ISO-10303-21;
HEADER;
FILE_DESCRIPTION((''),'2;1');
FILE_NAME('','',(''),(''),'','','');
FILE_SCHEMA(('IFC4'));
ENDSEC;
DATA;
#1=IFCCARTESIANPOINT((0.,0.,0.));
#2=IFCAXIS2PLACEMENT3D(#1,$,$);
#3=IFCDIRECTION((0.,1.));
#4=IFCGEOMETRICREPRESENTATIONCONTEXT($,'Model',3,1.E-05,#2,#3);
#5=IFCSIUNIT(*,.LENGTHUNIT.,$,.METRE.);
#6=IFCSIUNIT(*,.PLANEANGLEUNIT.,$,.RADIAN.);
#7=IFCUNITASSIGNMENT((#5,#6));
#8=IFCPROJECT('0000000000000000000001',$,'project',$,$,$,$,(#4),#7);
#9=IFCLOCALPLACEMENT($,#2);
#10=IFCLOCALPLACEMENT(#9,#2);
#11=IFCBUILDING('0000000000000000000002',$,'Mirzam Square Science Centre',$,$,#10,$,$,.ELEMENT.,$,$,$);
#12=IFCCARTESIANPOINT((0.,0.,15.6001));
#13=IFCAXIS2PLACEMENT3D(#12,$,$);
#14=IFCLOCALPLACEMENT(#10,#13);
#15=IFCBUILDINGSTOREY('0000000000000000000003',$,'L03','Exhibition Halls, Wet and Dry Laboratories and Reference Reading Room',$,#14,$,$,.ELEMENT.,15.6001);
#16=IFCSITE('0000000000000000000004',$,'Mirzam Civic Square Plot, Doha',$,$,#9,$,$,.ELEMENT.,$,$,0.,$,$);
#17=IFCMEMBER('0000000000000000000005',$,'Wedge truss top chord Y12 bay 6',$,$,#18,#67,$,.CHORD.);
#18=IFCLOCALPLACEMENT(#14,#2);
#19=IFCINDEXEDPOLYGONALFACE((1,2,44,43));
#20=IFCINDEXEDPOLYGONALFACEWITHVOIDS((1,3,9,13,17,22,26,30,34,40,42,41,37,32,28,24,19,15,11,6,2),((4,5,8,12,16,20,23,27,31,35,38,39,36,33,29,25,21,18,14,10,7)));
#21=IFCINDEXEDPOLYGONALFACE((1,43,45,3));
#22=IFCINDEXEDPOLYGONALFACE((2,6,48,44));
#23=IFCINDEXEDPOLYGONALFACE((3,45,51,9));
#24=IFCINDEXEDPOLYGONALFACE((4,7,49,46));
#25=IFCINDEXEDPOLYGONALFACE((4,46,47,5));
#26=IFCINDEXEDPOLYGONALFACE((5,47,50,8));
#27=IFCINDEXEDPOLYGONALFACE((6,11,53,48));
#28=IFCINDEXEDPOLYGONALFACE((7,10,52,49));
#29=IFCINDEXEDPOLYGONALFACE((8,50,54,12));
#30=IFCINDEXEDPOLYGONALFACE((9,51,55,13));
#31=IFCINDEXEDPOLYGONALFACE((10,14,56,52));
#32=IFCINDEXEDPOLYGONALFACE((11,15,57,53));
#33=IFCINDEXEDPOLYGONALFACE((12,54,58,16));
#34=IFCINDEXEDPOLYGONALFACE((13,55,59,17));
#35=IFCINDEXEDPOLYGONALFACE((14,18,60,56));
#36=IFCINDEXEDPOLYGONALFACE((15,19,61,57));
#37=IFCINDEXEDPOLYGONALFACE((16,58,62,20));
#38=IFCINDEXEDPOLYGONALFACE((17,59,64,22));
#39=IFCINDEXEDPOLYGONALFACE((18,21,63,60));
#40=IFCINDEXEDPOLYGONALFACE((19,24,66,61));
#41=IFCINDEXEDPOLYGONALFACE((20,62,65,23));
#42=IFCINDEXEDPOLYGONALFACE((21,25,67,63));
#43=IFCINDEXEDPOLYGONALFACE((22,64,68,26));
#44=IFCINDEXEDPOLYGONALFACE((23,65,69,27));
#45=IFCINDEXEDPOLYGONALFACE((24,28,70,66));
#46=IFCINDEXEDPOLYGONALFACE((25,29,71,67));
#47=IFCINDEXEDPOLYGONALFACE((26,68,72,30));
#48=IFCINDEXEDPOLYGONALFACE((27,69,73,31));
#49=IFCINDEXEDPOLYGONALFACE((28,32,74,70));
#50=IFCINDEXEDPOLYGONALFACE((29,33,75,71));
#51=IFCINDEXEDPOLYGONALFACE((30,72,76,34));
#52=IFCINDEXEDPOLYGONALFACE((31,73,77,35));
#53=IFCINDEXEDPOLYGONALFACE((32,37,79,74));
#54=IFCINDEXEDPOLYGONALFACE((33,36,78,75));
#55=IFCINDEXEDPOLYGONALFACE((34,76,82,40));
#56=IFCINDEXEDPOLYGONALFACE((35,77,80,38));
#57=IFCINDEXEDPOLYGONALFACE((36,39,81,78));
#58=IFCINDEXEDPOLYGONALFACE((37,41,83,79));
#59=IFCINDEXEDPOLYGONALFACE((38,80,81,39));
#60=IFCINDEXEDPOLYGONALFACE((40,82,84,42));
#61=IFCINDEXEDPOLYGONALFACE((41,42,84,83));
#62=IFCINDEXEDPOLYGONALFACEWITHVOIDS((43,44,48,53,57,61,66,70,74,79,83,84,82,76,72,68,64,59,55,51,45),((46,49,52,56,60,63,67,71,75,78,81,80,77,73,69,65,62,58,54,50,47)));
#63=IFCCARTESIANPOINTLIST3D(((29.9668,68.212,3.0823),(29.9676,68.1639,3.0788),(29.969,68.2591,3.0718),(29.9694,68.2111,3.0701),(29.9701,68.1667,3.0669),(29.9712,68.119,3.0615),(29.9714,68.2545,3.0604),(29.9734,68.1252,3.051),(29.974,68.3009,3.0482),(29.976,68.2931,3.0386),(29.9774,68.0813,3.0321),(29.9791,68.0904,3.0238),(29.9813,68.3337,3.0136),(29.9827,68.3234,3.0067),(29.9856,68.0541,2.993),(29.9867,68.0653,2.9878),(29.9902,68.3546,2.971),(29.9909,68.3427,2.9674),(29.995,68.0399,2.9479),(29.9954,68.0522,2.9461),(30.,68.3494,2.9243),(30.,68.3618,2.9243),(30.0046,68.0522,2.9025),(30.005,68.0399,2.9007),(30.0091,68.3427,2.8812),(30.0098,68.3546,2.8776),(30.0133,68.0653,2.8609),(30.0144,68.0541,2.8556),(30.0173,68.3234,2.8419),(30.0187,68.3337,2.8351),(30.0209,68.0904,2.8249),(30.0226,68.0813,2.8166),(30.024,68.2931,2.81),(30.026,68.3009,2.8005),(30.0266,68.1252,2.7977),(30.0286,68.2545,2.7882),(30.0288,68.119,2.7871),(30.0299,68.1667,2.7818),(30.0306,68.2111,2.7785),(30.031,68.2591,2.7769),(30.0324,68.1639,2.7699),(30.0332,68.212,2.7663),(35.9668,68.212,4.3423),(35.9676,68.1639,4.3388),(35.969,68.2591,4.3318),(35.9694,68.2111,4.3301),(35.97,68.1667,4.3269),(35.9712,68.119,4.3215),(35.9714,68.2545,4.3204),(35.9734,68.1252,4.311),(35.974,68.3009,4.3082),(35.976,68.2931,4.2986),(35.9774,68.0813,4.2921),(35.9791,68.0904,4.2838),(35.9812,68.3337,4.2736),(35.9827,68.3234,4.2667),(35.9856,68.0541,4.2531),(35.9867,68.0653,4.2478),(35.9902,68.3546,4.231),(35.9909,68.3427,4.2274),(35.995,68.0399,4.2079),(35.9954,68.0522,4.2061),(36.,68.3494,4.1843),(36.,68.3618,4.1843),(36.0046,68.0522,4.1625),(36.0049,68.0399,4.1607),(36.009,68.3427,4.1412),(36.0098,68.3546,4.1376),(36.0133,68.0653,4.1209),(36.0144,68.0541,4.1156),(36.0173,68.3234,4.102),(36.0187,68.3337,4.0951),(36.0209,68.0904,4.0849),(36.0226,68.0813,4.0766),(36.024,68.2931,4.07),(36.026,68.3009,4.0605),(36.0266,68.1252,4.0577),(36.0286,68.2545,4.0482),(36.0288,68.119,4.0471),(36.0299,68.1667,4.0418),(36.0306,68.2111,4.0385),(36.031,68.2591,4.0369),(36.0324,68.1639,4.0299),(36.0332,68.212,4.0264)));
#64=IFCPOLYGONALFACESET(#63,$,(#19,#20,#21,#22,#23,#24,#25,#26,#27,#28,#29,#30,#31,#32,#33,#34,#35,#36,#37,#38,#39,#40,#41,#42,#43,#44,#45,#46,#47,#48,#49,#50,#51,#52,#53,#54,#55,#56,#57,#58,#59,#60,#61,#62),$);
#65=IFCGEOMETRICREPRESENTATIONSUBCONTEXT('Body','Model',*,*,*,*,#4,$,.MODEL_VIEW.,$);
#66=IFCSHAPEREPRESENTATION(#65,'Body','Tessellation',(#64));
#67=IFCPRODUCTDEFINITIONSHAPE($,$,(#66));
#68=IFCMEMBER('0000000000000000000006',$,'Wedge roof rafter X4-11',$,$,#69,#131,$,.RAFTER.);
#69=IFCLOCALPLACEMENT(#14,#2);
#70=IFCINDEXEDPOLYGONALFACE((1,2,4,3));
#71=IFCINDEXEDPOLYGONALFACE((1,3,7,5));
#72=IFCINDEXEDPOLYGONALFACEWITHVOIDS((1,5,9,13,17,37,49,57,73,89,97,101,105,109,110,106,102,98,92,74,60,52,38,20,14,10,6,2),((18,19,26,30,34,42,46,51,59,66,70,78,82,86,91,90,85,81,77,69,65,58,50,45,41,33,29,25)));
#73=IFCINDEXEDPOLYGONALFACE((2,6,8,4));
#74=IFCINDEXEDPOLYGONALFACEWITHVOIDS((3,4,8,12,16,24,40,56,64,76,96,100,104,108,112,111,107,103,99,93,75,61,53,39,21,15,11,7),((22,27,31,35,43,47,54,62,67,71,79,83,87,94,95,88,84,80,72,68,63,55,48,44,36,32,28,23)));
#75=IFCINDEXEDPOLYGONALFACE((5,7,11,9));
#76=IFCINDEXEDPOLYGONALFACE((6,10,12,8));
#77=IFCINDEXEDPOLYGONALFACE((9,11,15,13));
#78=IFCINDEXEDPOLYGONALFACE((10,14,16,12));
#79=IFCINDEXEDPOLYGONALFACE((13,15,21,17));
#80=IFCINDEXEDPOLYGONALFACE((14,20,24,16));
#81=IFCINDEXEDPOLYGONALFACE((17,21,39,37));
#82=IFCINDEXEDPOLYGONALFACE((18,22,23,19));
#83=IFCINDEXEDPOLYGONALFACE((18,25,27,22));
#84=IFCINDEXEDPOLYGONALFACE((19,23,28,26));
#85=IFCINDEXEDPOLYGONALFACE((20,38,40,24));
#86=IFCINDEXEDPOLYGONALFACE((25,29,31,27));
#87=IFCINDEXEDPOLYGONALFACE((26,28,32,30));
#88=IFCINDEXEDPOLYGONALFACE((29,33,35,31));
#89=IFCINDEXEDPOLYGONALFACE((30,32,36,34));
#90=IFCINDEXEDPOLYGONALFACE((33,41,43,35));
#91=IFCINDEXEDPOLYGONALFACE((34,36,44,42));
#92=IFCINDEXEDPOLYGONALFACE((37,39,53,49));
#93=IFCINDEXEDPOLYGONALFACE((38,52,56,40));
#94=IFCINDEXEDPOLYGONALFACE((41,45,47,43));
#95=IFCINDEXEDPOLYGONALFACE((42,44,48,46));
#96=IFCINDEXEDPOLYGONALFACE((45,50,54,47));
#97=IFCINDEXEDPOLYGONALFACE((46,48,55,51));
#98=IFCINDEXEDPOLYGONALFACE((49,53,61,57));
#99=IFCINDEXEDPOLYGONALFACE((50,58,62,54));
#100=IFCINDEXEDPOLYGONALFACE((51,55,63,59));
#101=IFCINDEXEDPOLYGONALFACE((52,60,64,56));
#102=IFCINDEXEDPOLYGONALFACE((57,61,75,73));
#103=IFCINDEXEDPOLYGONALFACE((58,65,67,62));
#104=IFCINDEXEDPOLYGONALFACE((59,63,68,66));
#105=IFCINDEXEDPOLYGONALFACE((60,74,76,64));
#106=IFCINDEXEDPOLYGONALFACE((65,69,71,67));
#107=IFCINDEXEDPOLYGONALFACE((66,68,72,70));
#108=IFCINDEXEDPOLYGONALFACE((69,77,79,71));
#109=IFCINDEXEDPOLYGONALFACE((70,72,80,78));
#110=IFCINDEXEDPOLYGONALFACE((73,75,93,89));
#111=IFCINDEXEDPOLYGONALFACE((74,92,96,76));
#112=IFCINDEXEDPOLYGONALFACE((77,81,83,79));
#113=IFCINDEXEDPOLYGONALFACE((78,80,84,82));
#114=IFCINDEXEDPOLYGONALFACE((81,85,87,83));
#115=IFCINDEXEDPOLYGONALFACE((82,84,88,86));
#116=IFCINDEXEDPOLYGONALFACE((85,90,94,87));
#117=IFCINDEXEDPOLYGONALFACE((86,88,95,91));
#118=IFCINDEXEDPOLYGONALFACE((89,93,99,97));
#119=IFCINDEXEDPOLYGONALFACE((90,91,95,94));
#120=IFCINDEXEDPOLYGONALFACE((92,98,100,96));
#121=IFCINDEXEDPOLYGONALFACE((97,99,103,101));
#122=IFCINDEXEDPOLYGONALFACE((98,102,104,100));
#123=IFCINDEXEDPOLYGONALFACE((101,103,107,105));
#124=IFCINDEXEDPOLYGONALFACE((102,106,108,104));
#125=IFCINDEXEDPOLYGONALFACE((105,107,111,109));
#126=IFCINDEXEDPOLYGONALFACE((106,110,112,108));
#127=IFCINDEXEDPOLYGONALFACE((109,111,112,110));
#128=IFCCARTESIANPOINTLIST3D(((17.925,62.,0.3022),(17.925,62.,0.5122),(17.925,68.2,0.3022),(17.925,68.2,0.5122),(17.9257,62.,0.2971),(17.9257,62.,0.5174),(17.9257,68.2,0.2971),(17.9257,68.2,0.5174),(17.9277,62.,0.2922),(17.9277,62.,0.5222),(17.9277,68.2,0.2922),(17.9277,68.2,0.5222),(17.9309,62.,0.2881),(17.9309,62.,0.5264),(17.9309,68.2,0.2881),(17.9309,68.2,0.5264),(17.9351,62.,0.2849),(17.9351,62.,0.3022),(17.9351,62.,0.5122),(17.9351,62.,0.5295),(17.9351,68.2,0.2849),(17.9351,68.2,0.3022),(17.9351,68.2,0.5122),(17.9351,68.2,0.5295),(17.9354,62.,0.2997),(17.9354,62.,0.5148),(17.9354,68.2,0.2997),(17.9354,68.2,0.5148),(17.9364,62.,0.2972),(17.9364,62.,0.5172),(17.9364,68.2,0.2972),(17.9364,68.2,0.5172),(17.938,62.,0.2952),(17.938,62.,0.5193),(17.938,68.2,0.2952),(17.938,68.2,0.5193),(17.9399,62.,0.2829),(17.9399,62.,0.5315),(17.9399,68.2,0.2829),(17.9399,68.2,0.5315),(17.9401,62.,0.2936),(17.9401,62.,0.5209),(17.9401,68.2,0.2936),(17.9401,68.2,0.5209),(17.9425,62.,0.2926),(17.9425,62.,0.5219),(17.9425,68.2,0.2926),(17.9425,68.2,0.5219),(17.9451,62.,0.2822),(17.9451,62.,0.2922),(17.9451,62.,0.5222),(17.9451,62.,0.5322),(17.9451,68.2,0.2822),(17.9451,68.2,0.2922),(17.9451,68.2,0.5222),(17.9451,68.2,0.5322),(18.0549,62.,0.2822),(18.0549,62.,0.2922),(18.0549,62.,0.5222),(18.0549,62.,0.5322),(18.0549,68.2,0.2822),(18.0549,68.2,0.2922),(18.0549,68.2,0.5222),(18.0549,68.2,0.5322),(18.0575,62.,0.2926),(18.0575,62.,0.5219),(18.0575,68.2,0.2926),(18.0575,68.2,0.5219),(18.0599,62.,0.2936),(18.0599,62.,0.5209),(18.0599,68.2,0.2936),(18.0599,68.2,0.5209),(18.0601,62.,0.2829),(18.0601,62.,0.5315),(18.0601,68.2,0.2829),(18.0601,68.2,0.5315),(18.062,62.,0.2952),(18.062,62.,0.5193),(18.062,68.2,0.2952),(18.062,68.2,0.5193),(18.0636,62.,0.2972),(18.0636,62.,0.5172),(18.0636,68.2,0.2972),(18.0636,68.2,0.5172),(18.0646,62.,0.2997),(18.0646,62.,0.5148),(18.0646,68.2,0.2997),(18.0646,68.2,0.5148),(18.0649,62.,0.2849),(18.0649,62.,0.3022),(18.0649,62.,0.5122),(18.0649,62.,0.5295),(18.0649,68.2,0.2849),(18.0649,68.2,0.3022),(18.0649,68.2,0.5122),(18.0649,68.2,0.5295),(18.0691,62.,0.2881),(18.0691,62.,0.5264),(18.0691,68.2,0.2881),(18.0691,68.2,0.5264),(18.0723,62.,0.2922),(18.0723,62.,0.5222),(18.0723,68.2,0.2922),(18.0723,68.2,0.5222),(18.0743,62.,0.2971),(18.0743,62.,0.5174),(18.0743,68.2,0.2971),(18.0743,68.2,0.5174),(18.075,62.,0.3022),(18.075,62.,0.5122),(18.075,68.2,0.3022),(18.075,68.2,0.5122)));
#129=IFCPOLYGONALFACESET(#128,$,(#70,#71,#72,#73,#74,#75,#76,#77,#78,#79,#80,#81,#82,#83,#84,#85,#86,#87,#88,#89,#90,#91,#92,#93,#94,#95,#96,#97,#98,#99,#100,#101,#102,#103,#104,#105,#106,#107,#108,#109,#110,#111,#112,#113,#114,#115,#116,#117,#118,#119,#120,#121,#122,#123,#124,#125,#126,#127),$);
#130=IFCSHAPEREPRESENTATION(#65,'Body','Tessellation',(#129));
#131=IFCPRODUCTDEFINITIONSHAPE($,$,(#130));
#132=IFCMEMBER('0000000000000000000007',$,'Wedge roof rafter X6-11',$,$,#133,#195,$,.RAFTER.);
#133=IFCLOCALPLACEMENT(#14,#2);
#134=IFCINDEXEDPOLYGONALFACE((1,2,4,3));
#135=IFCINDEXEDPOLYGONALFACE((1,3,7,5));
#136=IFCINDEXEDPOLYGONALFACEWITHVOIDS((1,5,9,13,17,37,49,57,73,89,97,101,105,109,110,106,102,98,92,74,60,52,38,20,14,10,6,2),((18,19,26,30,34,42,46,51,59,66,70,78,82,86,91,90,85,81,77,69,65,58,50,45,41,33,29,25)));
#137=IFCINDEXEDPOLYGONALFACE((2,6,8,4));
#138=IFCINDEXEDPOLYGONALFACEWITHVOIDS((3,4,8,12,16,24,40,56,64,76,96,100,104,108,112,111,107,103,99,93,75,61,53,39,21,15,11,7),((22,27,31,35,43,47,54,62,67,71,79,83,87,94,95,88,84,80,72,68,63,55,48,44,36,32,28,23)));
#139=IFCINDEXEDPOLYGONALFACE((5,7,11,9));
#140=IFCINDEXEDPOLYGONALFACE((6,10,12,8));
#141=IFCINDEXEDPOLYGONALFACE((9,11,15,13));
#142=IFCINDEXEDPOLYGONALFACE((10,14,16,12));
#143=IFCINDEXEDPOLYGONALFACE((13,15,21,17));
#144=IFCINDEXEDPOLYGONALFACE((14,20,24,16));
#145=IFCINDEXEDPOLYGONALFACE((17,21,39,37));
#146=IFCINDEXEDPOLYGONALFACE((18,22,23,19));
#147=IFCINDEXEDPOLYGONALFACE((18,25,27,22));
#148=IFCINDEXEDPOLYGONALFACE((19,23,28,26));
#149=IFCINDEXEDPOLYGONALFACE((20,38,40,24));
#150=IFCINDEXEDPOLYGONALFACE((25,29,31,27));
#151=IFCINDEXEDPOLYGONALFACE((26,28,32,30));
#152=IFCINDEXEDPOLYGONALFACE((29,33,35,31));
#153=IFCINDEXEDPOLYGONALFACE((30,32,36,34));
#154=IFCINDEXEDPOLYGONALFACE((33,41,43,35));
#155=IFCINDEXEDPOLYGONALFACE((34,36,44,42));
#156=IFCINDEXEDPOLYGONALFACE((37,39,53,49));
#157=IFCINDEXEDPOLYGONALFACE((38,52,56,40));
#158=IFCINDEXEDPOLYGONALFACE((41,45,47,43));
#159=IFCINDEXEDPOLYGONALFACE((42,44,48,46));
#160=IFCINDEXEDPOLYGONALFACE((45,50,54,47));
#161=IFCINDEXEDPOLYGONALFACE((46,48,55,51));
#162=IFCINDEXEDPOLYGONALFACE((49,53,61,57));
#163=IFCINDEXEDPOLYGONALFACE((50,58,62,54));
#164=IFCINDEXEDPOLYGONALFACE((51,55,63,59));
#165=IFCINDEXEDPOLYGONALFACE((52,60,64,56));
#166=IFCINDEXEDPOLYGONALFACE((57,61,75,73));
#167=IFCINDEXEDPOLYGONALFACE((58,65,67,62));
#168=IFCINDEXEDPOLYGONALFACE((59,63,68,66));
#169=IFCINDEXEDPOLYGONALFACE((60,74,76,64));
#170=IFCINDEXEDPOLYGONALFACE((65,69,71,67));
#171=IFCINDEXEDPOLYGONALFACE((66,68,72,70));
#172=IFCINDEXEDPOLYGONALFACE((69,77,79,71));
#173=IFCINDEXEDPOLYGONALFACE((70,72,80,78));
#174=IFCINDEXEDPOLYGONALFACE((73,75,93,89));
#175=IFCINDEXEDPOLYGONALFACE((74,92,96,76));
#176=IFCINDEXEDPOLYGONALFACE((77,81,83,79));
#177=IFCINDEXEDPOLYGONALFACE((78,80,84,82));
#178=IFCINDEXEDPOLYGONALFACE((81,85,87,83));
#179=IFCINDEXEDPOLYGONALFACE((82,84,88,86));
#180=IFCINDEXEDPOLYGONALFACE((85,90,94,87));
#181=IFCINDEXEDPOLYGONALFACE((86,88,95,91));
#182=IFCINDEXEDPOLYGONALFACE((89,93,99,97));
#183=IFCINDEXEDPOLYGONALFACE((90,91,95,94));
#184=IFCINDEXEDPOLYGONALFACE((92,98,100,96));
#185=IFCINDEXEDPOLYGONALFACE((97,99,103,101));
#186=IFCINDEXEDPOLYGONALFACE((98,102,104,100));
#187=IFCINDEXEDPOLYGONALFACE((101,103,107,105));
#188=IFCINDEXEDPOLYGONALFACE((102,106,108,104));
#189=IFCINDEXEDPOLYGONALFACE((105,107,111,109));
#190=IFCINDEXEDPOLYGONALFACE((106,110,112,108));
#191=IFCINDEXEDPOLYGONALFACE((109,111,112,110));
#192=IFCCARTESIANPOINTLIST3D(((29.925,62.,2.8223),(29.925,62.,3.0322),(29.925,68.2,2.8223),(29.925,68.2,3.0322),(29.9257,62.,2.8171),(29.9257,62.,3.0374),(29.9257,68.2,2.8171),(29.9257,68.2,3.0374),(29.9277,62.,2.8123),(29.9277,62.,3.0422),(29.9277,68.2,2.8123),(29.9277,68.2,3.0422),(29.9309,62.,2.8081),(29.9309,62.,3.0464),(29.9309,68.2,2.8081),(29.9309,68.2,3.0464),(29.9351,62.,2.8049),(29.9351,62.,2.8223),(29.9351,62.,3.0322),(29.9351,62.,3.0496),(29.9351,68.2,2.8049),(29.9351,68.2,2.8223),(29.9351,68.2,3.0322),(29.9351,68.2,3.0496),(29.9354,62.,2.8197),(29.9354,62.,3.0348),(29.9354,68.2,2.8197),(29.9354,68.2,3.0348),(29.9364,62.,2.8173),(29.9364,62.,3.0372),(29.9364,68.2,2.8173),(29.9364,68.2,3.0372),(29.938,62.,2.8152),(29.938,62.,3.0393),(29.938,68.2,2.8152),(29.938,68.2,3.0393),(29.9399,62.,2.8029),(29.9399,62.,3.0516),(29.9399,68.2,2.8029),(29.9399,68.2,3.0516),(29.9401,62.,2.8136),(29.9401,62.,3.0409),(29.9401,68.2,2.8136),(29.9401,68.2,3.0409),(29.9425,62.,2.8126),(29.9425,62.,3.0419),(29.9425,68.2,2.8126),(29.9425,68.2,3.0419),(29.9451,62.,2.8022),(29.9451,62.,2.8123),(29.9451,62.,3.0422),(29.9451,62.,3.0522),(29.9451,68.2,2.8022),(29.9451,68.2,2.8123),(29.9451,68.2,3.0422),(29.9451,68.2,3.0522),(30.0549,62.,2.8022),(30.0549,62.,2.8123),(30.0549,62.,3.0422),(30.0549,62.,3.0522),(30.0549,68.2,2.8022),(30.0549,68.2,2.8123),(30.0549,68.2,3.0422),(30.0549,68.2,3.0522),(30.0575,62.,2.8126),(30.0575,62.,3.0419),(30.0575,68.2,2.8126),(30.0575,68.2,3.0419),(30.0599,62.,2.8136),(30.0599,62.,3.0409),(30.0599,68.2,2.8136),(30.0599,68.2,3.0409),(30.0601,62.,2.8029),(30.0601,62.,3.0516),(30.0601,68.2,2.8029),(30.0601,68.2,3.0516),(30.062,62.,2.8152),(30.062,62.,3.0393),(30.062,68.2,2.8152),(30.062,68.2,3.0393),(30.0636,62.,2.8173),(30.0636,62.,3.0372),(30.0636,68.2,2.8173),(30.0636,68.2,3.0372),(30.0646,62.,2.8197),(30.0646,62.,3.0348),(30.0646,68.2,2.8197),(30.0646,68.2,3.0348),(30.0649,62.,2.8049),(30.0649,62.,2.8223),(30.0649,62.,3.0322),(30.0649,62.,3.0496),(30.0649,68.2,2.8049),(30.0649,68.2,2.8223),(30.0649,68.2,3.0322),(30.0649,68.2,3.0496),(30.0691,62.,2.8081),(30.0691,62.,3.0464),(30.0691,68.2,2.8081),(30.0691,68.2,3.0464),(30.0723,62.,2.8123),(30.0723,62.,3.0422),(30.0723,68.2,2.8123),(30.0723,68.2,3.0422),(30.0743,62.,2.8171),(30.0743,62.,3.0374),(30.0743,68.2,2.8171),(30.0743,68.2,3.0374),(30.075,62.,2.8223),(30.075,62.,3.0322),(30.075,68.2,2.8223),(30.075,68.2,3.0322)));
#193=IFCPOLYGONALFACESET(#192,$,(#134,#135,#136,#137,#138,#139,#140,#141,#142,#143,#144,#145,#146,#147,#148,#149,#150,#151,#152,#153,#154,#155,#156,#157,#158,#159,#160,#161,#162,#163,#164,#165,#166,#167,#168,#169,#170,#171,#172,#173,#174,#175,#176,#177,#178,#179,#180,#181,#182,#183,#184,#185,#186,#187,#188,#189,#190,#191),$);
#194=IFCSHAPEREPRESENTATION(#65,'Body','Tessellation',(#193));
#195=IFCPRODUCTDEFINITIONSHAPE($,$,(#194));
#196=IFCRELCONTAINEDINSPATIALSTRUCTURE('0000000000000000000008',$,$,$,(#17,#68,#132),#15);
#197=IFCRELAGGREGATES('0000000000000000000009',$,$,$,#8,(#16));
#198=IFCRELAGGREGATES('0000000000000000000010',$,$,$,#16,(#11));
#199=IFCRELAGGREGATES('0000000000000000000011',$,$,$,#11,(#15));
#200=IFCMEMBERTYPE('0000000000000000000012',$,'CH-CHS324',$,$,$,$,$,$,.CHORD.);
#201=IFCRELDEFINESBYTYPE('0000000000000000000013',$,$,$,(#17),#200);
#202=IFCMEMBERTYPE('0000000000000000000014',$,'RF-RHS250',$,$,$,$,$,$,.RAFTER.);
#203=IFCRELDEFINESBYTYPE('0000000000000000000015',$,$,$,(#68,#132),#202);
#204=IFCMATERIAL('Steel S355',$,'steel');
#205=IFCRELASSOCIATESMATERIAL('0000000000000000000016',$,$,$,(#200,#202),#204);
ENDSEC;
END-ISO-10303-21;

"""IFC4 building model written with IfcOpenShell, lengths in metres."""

from ifc_helpers import new_model, si_unit, direction, frame, origin, origin_2d, place, context, subcontext, project, spatial, hollow_rectangle, hollow_circle, extrude, material, material_profile, profile_set, type_object, element, save


model = new_model("IFC4")

# Units and contexts
model_context = context("Model", 3, precision=1e-05, world=origin(), true_north=direction((0.0, 1.0)))
body_context = subcontext(model_context, "Body", "Model", "MODEL_VIEW")
ifc_project = project(units=[si_unit("LENGTHUNIT", "METRE"), si_unit("PLANEANGLEUNIT", "RADIAN")], contexts=[model_context])

# Site, building, storey
site_placement = place(None, origin())
site = spatial("IfcSite", under=ifc_project, at=site_placement, Name="Mirzam Civic Square Plot, Doha", CompositionType="ELEMENT", RefElevation=0.0)
building_placement = place(site_placement, origin())
building = spatial("IfcBuilding", under=site, at=building_placement, Name="Mirzam Square Science Centre", CompositionType="ELEMENT")
storey_placement = place(building_placement, frame((0.0, 0.0, 15.6001)))
storey = spatial("IfcBuildingStorey", under=building, at=storey_placement, Name="L03", Description="Exhibition Halls, Wet and Dry Laboratories and Reference Reading Room", CompositionType="ELEMENT", Elevation=15.6001)

# Shared definitions
ifc_material_1 = material(Name="Steel S355", Category="steel")

# Members
ifc_material_profile_1 = material_profile(ifc_material_1, hollow_circle(Radius=0.1619, WallThickness=0.0125, at=origin_2d()), Name="323.9x12.5CHS")
ifc_profile_set_1 = profile_set([ifc_material_profile_1], Name="Steel S355")
member_type_1 = type_object("IfcMemberType", Name="CH-CHS324", PredefinedType="CHORD", material=ifc_profile_set_1)
for number, where, z_axis, x_axis, name in (
    (1, (30.0, 68.2, 2.9243), (0.978653, 0.0, 0.205519), (0.0, 1.0, 0.0), "Wedge truss top chord Y12 bay 6"),
):
    element("IfcMember", number, at=place(storey_placement, frame(where, z_axis=z_axis, x_axis=x_axis)), inside=storey, type_object=member_type_1, Name=name, PredefinedType="CHORD", context=body_context, shape_type="SweptSolid", body=[
        extrude(hollow_circle(Radius=0.1619, WallThickness=0.0125, at=origin_2d()), origin(), (0.0, 0.0, 1.0), 6.1309),
    ])
ifc_material_profile_2 = material_profile(ifc_material_1, hollow_rectangle(XDim=0.1499, YDim=0.25, WallThickness=0.01, InnerFilletRadius=0.01, OuterFilletRadius=0.02, at=origin_2d()), Name="250x150x10.0RHS")
ifc_profile_set_2 = profile_set([ifc_material_profile_2], Name="Steel S355")
member_type_2 = type_object("IfcMemberType", Name="RF-RHS250", PredefinedType="RAFTER", material=ifc_profile_set_2)
for number, where, z_axis, x_axis, name in (
    (2, (18.0, 62.0, 0.4072), (0.0, 1.0, 0.0), (-1.0, 0.0, 0.0), "Wedge roof rafter X4-11"),
    (3, (30.0, 62.0, 2.9272), (0.0, 1.0, 0.0), (-1.0, 0.0, 0.0), "Wedge roof rafter X6-11"),
):
    element("IfcMember", number, at=place(storey_placement, frame(where, z_axis=z_axis, x_axis=x_axis)), inside=storey, type_object=member_type_2, Name=name, PredefinedType="RAFTER", context=body_context, shape_type="SweptSolid", body=[
        extrude(hollow_rectangle(XDim=0.1499, YDim=0.25, WallThickness=0.01, InnerFilletRadius=0.01, OuterFilletRadius=0.02, at=origin_2d()), origin(), (0.0, 0.0, 1.0), 6.2),
    ])

save(model, "model.ifc")
